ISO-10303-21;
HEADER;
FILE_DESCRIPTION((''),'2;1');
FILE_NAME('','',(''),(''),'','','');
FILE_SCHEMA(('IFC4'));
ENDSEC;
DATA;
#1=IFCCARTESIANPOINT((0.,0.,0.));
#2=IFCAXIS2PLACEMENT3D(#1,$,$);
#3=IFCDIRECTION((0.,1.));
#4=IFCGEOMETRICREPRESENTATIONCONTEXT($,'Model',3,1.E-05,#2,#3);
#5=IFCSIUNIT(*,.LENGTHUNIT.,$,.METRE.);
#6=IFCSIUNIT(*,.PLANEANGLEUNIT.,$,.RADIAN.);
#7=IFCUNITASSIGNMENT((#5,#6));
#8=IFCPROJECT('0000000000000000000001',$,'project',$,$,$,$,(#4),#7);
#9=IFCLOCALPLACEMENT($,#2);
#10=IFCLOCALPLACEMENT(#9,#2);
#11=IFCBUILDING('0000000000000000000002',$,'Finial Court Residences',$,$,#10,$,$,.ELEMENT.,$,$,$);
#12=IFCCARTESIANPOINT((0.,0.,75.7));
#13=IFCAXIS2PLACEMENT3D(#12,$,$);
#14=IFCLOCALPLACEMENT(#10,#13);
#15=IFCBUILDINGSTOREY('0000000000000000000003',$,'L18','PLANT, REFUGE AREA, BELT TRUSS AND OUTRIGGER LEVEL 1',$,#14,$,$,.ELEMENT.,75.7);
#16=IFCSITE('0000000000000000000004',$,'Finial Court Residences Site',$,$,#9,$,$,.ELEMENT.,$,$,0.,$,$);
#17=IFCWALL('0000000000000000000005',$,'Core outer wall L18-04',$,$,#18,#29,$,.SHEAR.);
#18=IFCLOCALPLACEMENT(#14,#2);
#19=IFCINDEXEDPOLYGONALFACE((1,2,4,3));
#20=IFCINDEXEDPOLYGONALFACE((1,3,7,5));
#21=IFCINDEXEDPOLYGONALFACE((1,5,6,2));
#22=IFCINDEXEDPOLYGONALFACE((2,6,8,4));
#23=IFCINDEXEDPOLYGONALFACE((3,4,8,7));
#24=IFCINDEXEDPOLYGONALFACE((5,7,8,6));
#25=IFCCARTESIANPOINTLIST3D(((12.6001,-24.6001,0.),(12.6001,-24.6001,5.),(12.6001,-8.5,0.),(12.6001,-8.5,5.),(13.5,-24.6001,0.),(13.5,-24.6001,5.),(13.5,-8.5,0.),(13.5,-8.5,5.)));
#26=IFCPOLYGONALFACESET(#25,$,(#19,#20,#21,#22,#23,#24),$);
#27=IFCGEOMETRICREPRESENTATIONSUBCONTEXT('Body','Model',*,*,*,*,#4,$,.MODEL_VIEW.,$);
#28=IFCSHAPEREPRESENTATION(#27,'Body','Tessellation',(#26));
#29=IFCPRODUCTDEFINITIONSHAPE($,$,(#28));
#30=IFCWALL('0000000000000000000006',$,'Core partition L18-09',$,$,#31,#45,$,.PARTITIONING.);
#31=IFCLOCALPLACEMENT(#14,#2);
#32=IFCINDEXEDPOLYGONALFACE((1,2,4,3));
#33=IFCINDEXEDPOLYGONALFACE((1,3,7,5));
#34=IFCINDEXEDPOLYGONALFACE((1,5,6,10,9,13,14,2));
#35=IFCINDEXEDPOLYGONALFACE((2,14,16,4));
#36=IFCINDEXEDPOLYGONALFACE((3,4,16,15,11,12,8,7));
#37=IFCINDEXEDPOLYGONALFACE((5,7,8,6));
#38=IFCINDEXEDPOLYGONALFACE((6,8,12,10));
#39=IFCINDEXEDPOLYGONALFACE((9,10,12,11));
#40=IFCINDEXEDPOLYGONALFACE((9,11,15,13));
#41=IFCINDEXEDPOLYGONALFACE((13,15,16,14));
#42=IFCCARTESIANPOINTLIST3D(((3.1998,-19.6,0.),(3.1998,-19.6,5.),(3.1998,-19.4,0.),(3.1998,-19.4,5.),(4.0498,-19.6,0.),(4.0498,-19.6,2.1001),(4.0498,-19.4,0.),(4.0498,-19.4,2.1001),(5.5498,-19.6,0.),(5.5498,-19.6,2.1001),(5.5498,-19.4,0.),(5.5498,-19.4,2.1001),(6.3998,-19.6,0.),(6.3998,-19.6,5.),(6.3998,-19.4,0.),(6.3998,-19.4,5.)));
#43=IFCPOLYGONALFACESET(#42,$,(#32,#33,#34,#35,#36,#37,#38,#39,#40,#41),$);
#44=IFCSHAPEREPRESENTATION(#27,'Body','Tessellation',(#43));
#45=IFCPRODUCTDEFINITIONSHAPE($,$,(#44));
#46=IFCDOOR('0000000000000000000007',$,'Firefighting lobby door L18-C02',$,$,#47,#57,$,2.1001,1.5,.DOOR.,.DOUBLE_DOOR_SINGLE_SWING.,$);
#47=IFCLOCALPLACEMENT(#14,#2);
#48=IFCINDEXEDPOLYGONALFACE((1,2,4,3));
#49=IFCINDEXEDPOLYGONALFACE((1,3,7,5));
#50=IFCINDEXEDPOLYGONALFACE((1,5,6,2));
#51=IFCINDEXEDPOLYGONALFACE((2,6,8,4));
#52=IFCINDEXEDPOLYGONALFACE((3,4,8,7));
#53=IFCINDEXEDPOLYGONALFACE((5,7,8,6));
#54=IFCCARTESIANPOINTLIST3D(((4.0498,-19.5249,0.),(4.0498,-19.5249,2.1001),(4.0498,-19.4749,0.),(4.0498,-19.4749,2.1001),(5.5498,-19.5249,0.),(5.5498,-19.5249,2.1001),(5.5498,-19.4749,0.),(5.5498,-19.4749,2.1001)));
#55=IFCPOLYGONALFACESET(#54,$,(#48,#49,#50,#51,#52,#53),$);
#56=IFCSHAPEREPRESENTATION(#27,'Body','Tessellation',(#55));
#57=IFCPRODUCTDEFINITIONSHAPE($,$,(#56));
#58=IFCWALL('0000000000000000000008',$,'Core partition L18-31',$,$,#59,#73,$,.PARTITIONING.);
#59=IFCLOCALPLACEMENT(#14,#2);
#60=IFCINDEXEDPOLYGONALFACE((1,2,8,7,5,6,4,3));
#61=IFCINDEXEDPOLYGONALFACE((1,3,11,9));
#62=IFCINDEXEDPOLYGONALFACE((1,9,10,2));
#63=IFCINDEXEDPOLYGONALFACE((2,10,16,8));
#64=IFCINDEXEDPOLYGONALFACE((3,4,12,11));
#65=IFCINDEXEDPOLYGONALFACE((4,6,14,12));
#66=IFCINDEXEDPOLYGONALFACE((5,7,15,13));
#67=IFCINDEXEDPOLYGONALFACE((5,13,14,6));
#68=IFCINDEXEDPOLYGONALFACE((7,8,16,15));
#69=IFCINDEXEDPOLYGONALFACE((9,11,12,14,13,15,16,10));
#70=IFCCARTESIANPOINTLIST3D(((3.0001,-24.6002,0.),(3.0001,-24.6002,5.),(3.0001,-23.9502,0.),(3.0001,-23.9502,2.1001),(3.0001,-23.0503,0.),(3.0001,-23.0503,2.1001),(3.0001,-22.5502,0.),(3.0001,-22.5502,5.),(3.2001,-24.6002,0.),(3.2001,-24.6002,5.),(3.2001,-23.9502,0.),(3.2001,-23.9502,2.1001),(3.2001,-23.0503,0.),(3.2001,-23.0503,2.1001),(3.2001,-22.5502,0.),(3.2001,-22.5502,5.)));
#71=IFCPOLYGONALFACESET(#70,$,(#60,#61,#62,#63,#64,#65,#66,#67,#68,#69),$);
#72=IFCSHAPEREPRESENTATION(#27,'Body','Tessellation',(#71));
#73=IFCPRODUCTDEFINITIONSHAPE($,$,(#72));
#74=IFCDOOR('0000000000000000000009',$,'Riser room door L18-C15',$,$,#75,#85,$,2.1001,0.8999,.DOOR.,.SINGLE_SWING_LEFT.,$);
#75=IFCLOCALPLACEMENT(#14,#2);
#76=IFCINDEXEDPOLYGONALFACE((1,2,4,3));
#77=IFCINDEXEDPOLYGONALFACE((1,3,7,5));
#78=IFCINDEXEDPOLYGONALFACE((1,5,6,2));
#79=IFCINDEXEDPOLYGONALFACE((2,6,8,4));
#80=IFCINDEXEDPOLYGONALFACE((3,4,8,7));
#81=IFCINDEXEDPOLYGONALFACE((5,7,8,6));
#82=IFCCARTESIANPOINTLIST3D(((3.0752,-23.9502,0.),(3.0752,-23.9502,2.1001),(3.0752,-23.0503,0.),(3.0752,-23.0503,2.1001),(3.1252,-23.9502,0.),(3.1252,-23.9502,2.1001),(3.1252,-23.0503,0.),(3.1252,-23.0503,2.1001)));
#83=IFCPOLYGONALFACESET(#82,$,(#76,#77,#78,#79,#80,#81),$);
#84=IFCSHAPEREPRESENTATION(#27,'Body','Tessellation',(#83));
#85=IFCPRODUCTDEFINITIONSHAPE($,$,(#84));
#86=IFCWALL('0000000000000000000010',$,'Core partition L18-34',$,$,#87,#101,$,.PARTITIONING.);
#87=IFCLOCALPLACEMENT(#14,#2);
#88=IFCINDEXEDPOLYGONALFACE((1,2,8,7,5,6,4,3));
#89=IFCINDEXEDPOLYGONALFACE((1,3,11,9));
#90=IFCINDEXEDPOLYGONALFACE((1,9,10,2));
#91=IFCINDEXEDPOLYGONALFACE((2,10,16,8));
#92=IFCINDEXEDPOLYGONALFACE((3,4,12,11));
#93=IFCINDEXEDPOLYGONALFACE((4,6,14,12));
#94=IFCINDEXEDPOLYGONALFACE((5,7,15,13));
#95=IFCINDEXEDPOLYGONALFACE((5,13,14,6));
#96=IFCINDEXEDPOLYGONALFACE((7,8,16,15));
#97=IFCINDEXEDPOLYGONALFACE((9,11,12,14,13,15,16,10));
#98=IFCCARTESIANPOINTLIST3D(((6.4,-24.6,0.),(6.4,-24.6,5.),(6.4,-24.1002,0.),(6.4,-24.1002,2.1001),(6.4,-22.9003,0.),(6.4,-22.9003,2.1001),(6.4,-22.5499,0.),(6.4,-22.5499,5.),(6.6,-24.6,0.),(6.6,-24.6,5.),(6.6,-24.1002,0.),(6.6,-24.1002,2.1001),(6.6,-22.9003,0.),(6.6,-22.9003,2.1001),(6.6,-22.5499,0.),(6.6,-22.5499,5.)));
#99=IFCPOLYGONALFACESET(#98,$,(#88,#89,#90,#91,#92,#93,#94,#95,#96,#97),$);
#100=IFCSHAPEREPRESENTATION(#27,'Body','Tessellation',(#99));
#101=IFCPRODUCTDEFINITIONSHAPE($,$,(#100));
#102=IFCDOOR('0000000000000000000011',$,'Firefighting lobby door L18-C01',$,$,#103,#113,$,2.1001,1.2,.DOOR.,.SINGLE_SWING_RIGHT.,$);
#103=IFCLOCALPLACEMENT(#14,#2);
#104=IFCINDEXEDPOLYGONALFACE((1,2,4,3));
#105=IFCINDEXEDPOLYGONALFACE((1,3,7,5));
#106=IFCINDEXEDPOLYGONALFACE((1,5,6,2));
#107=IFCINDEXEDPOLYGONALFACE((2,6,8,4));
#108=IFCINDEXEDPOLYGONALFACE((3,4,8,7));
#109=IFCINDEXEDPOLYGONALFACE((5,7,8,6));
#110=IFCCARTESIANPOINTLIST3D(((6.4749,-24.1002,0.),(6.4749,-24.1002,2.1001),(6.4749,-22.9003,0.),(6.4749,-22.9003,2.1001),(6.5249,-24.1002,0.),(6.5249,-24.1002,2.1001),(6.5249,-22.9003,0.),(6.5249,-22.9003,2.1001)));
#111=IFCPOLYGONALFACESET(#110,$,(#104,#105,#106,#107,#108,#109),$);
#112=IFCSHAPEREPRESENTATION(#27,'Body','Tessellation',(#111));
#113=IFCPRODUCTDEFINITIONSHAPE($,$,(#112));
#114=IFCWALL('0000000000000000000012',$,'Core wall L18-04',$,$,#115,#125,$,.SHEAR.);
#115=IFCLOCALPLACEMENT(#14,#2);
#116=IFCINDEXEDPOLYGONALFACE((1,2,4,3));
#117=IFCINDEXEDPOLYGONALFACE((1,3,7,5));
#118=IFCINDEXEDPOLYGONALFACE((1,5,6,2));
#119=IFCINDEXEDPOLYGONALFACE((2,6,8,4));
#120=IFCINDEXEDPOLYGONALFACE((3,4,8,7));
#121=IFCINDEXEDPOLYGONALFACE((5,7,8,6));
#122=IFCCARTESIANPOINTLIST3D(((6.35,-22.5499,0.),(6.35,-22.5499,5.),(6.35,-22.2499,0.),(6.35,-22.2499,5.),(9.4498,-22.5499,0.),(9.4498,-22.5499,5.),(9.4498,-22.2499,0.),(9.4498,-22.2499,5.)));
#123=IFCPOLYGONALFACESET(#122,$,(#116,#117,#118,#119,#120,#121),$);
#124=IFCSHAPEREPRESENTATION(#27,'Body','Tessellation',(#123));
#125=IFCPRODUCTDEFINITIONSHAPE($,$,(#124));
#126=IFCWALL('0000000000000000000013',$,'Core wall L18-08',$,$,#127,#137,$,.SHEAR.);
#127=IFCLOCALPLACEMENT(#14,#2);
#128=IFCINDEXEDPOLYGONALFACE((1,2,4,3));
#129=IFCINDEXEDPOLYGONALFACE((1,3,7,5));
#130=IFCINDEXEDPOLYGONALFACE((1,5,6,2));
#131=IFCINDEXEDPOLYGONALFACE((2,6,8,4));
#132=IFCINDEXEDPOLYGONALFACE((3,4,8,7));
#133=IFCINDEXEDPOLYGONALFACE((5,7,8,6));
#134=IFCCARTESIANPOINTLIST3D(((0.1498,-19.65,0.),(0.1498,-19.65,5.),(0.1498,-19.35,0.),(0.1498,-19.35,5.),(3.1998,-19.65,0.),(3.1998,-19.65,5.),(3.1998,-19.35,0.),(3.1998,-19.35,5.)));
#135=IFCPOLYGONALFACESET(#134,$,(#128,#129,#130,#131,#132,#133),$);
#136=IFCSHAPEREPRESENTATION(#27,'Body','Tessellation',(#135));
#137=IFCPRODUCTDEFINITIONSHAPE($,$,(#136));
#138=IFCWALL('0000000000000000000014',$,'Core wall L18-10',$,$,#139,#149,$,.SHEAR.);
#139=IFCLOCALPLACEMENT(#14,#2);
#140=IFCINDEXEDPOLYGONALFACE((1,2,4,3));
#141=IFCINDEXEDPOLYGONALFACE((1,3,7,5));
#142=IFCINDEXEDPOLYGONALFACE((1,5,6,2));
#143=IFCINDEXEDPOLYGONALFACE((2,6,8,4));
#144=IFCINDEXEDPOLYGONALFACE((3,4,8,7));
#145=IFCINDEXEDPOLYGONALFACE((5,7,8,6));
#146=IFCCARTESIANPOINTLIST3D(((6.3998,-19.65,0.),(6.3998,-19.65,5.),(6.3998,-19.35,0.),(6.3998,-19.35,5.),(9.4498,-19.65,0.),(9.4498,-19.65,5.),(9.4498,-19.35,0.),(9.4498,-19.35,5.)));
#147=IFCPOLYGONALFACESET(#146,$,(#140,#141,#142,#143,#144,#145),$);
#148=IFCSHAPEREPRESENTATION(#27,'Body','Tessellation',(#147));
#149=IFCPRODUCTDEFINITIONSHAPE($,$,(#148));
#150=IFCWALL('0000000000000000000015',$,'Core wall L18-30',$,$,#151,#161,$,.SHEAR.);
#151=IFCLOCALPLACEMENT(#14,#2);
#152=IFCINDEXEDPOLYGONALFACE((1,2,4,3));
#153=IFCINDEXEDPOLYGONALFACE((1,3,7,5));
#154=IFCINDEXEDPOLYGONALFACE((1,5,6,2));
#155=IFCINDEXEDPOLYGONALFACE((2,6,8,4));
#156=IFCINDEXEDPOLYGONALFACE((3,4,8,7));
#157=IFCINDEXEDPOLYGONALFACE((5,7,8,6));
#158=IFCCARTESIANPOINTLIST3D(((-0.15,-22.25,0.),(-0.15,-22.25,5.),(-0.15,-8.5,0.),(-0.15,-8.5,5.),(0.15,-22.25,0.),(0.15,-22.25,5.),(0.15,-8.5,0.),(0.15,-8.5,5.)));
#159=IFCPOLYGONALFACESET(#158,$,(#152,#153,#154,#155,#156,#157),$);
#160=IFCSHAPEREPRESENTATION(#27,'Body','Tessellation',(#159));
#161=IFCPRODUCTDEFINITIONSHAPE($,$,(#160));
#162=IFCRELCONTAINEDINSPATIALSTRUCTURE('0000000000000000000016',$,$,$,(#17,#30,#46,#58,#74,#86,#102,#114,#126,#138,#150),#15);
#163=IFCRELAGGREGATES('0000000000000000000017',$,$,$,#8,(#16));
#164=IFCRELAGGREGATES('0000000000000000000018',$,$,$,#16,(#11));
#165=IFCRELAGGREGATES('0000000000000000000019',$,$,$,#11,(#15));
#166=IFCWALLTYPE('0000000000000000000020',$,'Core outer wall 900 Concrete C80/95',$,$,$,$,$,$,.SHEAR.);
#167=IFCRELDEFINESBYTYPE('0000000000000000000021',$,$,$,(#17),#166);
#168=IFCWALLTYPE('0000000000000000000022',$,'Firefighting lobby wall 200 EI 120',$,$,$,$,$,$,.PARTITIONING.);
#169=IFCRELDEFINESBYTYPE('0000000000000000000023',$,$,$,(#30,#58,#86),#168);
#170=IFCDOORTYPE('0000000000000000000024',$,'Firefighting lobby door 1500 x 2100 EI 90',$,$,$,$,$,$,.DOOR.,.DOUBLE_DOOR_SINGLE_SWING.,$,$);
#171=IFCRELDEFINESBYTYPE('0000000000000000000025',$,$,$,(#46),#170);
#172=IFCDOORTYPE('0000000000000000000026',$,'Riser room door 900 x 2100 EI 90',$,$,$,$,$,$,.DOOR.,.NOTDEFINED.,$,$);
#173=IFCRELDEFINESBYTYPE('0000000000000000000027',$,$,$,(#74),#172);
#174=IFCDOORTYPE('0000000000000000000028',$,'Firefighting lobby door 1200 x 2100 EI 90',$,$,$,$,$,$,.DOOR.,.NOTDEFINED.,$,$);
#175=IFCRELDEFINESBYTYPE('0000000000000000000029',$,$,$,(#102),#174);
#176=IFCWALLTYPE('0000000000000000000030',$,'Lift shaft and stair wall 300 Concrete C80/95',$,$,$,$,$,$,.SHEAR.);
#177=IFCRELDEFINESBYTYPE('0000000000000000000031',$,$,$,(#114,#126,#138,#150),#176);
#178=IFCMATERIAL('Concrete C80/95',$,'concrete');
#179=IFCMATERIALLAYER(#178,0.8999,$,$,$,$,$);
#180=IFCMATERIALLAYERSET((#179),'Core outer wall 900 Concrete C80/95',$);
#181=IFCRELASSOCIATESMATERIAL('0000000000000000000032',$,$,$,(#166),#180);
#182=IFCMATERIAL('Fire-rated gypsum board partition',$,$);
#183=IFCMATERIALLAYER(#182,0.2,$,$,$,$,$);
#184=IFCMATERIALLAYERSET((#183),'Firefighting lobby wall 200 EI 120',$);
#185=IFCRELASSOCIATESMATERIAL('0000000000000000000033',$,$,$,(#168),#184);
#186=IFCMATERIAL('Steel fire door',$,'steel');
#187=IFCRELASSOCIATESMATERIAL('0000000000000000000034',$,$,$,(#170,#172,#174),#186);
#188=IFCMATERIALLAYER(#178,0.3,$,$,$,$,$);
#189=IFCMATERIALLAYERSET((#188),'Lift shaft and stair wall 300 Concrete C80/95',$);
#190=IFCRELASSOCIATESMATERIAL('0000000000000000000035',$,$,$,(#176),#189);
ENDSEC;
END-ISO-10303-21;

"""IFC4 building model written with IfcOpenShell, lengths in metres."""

from ifc_helpers import new_model, si_unit, direction, frame, frame_2d, origin, place, context, subcontext, project, spatial, rectangle, extrude, material, layer, layer_set, type_object, element, fill, save


model = new_model("IFC4")

# Units and contexts
model_context = context("Model", 3, precision=1e-05, world=origin(), true_north=direction((0.0, 1.0)))
body_context = subcontext(model_context, "Body", "Model", "MODEL_VIEW")
ifc_project = project(units=[si_unit("LENGTHUNIT", "METRE"), si_unit("PLANEANGLEUNIT", "RADIAN")], contexts=[model_context])

# Site, building, storey
site_placement = place(None, origin())
site = spatial("IfcSite", under=ifc_project, at=site_placement, Name="Finial Court Residences Site", CompositionType="ELEMENT", RefElevation=0.0)
building_placement = place(site_placement, origin())
building = spatial("IfcBuilding", under=site, at=building_placement, Name="Finial Court Residences", CompositionType="ELEMENT")
storey_placement = place(building_placement, frame((0.0, 0.0, 75.7)))
storey = spatial("IfcBuildingStorey", under=building, at=storey_placement, Name="L18", Description="PLANT, REFUGE AREA, BELT TRUSS AND OUTRIGGER LEVEL 1", CompositionType="ELEMENT", Elevation=75.7)

# Wall
ifc_material_1 = material(Name="Concrete C80/95", Category="concrete")
ifc_layer_1 = layer(ifc_material_1, 0.8999)
ifc_layer_set_1 = layer_set([ifc_layer_1], Name="Core outer wall 900 Concrete C80/95")
wall_type_1 = type_object("IfcWallType", Name="Core outer wall 900 Concrete C80/95", PredefinedType="SHEAR", material=ifc_layer_set_1)
wall_1_placement = place(storey_placement, frame((13.05, -24.6001, 0.0), z_axis=(0.0, 0.0, 1.0), x_axis=(0.0, 1.0, 0.0)))
element("IfcWall", 1, at=wall_1_placement, inside=storey, type_object=wall_type_1, Name="Core outer wall L18-04", PredefinedType="SHEAR", context=body_context, shape_type="SweptSolid", body=[
    extrude(rectangle(XDim=16.1001, YDim=0.8999, at=frame_2d((8.05, 0.0))), origin(), (0.0, 0.0, 1.0), 5.0),
])

# Walls, openings, doors
ifc_material_2 = material(Name="Fire-rated gypsum board partition")
ifc_layer_2 = layer(ifc_material_2, 0.2)
ifc_layer_set_2 = layer_set([ifc_layer_2], Name="Firefighting lobby wall 200 EI 120")
wall_type_2 = type_object("IfcWallType", Name="Firefighting lobby wall 200 EI 120", PredefinedType="PARTITIONING", material=ifc_layer_set_2)
wall_2_placement = place(storey_placement, frame((6.3999, -19.5, 0.0), z_axis=(0.0, 0.0, 1.0), x_axis=(-1.0, 0.0, 0.0)))
wall_2 = element("IfcWall", 2, at=wall_2_placement, inside=storey, type_object=wall_type_2, Name="Core partition L18-09", PredefinedType="PARTITIONING", context=body_context, shape_type="SweptSolid", body=[
    extrude(rectangle(XDim=3.2, YDim=0.2, at=frame_2d((1.6001, 0.0))), origin(), (0.0, 0.0, 1.0), 5.0),
])
opening_1_placement = place(wall_2_placement, frame((0.8501, 0.0, 0.0)))
opening_1 = element("IfcOpeningElement", 3, at=opening_1_placement, cuts=wall_2, PredefinedType="OPENING", context=body_context, shape_type="SweptSolid", body=[
    extrude(rectangle(XDim=1.5, YDim=2.1001, at=frame_2d((0.75, 1.05))), frame((0.0, 0.1099, 0.0), z_axis=(0.0, -1.0, 0.0), x_axis=(1.0, 0.0, 0.0)), (0.0, 0.0, 1.0), 0.22),
])
ifc_material_3 = material(Name="Steel fire door", Category="steel")
door_type_1 = type_object("IfcDoorType", Name="Firefighting lobby door 1500 x 2100 EI 90", OperationType="DOUBLE_DOOR_SINGLE_SWING", PredefinedType="DOOR", material=ifc_material_3)
door_1_placement = place(opening_1_placement, origin())
door_1 = element("IfcDoor", 4, at=door_1_placement, inside=storey, type_object=door_type_1, Name="Firefighting lobby door L18-C02", OperationType="DOUBLE_DOOR_SINGLE_SWING", OverallHeight=2.1001, OverallWidth=1.5, PredefinedType="DOOR", context=body_context, shape_type="SweptSolid", body=[
    extrude(rectangle(XDim=1.5, YDim=2.1001, at=frame_2d((0.75, 1.05))), frame((0.0, 0.0249, 0.0), z_axis=(0.0, -1.0, 0.0), x_axis=(1.0, 0.0, 0.0)), (0.0, 0.0, 1.0), 0.05),
])
fill(opening_1, door_1)
wall_3_placement = place(storey_placement, frame((3.1001, -24.6001, 0.0), z_axis=(0.0, 0.0, 1.0), x_axis=(0.0, 1.0, 0.0)))
wall_3 = element("IfcWall", 5, at=wall_3_placement, inside=storey, type_object=wall_type_2, Name="Core partition L18-31", PredefinedType="PARTITIONING", context=body_context, shape_type="SweptSolid", body=[
    extrude(rectangle(XDim=2.05, YDim=0.2, at=frame_2d((1.0249, 0.0))), origin(), (0.0, 0.0, 1.0), 5.0),
])
opening_2_placement = place(wall_3_placement, frame((0.6499, 0.0, 0.0)))
opening_2 = element("IfcOpeningElement", 6, at=opening_2_placement, cuts=wall_3, PredefinedType="OPENING", context=body_context, shape_type="SweptSolid", body=[
    extrude(rectangle(XDim=0.8999, YDim=2.1001, at=frame_2d((0.45, 1.05))), frame((0.0, 0.1099, 0.0), z_axis=(0.0, -1.0, 0.0), x_axis=(1.0, 0.0, 0.0)), (0.0, 0.0, 1.0), 0.22),
])
door_type_2 = type_object("IfcDoorType", Name="Riser room door 900 x 2100 EI 90", OperationType="NOTDEFINED", PredefinedType="DOOR", material=ifc_material_3)
door_2_placement = place(opening_2_placement, origin())
door_2 = element("IfcDoor", 7, at=door_2_placement, inside=storey, type_object=door_type_2, Name="Riser room door L18-C15", OperationType="SINGLE_SWING_LEFT", OverallHeight=2.1001, OverallWidth=0.8999, PredefinedType="DOOR", context=body_context, shape_type="SweptSolid", body=[
    extrude(rectangle(XDim=0.8999, YDim=2.1001, at=frame_2d((0.45, 1.05))), frame((0.0, 0.0249, 0.0), z_axis=(0.0, -1.0, 0.0), x_axis=(1.0, 0.0, 0.0)), (0.0, 0.0, 1.0), 0.05),
])
fill(opening_2, door_2)
wall_4_placement = place(storey_placement, frame((6.5, -22.55, 0.0), z_axis=(0.0, 0.0, 1.0), x_axis=(0.0, -1.0, 0.0)))
wall_4 = element("IfcWall", 8, at=wall_4_placement, inside=storey, type_object=wall_type_2, Name="Core partition L18-34", PredefinedType="PARTITIONING", context=body_context, shape_type="SweptSolid", body=[
    extrude(rectangle(XDim=2.05, YDim=0.2, at=frame_2d((1.0249, 0.0))), origin(), (0.0, 0.0, 1.0), 5.0),
])
opening_3_placement = place(wall_4_placement, frame((0.3501, 0.0, 0.0)))
opening_3 = element("IfcOpeningElement", 9, at=opening_3_placement, cuts=wall_4, PredefinedType="OPENING", context=body_context, shape_type="SweptSolid", body=[
    extrude(rectangle(XDim=1.2, YDim=2.1001, at=frame_2d((0.6001, 1.05))), frame((0.0, 0.1099, 0.0), z_axis=(0.0, -1.0, 0.0), x_axis=(1.0, 0.0, 0.0)), (0.0, 0.0, 1.0), 0.22),
])
door_type_3 = type_object("IfcDoorType", Name="Firefighting lobby door 1200 x 2100 EI 90", OperationType="NOTDEFINED", PredefinedType="DOOR", material=ifc_material_3)
door_3_placement = place(opening_3_placement, origin())
door_3 = element("IfcDoor", 10, at=door_3_placement, inside=storey, type_object=door_type_3, Name="Firefighting lobby door L18-C01", OperationType="SINGLE_SWING_RIGHT", OverallHeight=2.1001, OverallWidth=1.2, PredefinedType="DOOR", context=body_context, shape_type="SweptSolid", body=[
    extrude(rectangle(XDim=1.2, YDim=2.1001, at=frame_2d((0.6001, 1.05))), frame((0.0, 0.0249, 0.0), z_axis=(0.0, -1.0, 0.0), x_axis=(1.0, 0.0, 0.0)), (0.0, 0.0, 1.0), 0.05),
])
fill(opening_3, door_3)

# Walls
ifc_layer_3 = layer(ifc_material_1, 0.3)
ifc_layer_set_3 = layer_set([ifc_layer_3], Name="Lift shaft and stair wall 300 Concrete C80/95")
wall_type_3 = type_object("IfcWallType", Name="Lift shaft and stair wall 300 Concrete C80/95", PredefinedType="SHEAR", material=ifc_layer_set_3)
wall_5_placement = place(storey_placement, frame((6.3501, -22.3999, 0.0), z_axis=(0.0, 0.0, 1.0), x_axis=(1.0, 0.0, 0.0)))
element("IfcWall", 11, at=wall_5_placement, inside=storey, type_object=wall_type_3, Name="Core wall L18-04", PredefinedType="SHEAR", context=body_context, shape_type="SweptSolid", body=[
    extrude(rectangle(XDim=3.0999, YDim=0.3, at=frame_2d((1.5498, 0.0))), origin(), (0.0, 0.0, 1.0), 5.0),
])
for number, where, z_axis, x_axis, name in (
    (12, (0.1499, -19.5, 0.0), (0.0, 0.0, 1.0), (1.0, 0.0, 0.0), "Core wall L18-08"),
    (13, (6.3999, -19.5, 0.0), (0.0, 0.0, 1.0), (1.0, 0.0, 0.0), "Core wall L18-10"),
):
    element("IfcWall", number, at=place(storey_placement, frame(where, z_axis=z_axis, x_axis=x_axis)), inside=storey, type_object=wall_type_3, Name=name, PredefinedType="SHEAR", context=body_context, shape_type="SweptSolid", body=[
        extrude(rectangle(XDim=3.05, YDim=0.3, at=frame_2d((1.5249, 0.0))), origin(), (0.0, 0.0, 1.0), 5.0),
    ])
wall_6_placement = place(storey_placement, frame((0.0, -22.25, 0.0), z_axis=(0.0, 0.0, 1.0), x_axis=(0.0, 1.0, 0.0)))
element("IfcWall", 14, at=wall_6_placement, inside=storey, type_object=wall_type_3, Name="Core wall L18-30", PredefinedType="SHEAR", context=body_context, shape_type="SweptSolid", body=[
    extrude(rectangle(XDim=13.75, YDim=0.3, at=frame_2d((6.875, 0.0))), origin(), (0.0, 0.0, 1.0), 5.0),
])

save(model, "model.ifc")
